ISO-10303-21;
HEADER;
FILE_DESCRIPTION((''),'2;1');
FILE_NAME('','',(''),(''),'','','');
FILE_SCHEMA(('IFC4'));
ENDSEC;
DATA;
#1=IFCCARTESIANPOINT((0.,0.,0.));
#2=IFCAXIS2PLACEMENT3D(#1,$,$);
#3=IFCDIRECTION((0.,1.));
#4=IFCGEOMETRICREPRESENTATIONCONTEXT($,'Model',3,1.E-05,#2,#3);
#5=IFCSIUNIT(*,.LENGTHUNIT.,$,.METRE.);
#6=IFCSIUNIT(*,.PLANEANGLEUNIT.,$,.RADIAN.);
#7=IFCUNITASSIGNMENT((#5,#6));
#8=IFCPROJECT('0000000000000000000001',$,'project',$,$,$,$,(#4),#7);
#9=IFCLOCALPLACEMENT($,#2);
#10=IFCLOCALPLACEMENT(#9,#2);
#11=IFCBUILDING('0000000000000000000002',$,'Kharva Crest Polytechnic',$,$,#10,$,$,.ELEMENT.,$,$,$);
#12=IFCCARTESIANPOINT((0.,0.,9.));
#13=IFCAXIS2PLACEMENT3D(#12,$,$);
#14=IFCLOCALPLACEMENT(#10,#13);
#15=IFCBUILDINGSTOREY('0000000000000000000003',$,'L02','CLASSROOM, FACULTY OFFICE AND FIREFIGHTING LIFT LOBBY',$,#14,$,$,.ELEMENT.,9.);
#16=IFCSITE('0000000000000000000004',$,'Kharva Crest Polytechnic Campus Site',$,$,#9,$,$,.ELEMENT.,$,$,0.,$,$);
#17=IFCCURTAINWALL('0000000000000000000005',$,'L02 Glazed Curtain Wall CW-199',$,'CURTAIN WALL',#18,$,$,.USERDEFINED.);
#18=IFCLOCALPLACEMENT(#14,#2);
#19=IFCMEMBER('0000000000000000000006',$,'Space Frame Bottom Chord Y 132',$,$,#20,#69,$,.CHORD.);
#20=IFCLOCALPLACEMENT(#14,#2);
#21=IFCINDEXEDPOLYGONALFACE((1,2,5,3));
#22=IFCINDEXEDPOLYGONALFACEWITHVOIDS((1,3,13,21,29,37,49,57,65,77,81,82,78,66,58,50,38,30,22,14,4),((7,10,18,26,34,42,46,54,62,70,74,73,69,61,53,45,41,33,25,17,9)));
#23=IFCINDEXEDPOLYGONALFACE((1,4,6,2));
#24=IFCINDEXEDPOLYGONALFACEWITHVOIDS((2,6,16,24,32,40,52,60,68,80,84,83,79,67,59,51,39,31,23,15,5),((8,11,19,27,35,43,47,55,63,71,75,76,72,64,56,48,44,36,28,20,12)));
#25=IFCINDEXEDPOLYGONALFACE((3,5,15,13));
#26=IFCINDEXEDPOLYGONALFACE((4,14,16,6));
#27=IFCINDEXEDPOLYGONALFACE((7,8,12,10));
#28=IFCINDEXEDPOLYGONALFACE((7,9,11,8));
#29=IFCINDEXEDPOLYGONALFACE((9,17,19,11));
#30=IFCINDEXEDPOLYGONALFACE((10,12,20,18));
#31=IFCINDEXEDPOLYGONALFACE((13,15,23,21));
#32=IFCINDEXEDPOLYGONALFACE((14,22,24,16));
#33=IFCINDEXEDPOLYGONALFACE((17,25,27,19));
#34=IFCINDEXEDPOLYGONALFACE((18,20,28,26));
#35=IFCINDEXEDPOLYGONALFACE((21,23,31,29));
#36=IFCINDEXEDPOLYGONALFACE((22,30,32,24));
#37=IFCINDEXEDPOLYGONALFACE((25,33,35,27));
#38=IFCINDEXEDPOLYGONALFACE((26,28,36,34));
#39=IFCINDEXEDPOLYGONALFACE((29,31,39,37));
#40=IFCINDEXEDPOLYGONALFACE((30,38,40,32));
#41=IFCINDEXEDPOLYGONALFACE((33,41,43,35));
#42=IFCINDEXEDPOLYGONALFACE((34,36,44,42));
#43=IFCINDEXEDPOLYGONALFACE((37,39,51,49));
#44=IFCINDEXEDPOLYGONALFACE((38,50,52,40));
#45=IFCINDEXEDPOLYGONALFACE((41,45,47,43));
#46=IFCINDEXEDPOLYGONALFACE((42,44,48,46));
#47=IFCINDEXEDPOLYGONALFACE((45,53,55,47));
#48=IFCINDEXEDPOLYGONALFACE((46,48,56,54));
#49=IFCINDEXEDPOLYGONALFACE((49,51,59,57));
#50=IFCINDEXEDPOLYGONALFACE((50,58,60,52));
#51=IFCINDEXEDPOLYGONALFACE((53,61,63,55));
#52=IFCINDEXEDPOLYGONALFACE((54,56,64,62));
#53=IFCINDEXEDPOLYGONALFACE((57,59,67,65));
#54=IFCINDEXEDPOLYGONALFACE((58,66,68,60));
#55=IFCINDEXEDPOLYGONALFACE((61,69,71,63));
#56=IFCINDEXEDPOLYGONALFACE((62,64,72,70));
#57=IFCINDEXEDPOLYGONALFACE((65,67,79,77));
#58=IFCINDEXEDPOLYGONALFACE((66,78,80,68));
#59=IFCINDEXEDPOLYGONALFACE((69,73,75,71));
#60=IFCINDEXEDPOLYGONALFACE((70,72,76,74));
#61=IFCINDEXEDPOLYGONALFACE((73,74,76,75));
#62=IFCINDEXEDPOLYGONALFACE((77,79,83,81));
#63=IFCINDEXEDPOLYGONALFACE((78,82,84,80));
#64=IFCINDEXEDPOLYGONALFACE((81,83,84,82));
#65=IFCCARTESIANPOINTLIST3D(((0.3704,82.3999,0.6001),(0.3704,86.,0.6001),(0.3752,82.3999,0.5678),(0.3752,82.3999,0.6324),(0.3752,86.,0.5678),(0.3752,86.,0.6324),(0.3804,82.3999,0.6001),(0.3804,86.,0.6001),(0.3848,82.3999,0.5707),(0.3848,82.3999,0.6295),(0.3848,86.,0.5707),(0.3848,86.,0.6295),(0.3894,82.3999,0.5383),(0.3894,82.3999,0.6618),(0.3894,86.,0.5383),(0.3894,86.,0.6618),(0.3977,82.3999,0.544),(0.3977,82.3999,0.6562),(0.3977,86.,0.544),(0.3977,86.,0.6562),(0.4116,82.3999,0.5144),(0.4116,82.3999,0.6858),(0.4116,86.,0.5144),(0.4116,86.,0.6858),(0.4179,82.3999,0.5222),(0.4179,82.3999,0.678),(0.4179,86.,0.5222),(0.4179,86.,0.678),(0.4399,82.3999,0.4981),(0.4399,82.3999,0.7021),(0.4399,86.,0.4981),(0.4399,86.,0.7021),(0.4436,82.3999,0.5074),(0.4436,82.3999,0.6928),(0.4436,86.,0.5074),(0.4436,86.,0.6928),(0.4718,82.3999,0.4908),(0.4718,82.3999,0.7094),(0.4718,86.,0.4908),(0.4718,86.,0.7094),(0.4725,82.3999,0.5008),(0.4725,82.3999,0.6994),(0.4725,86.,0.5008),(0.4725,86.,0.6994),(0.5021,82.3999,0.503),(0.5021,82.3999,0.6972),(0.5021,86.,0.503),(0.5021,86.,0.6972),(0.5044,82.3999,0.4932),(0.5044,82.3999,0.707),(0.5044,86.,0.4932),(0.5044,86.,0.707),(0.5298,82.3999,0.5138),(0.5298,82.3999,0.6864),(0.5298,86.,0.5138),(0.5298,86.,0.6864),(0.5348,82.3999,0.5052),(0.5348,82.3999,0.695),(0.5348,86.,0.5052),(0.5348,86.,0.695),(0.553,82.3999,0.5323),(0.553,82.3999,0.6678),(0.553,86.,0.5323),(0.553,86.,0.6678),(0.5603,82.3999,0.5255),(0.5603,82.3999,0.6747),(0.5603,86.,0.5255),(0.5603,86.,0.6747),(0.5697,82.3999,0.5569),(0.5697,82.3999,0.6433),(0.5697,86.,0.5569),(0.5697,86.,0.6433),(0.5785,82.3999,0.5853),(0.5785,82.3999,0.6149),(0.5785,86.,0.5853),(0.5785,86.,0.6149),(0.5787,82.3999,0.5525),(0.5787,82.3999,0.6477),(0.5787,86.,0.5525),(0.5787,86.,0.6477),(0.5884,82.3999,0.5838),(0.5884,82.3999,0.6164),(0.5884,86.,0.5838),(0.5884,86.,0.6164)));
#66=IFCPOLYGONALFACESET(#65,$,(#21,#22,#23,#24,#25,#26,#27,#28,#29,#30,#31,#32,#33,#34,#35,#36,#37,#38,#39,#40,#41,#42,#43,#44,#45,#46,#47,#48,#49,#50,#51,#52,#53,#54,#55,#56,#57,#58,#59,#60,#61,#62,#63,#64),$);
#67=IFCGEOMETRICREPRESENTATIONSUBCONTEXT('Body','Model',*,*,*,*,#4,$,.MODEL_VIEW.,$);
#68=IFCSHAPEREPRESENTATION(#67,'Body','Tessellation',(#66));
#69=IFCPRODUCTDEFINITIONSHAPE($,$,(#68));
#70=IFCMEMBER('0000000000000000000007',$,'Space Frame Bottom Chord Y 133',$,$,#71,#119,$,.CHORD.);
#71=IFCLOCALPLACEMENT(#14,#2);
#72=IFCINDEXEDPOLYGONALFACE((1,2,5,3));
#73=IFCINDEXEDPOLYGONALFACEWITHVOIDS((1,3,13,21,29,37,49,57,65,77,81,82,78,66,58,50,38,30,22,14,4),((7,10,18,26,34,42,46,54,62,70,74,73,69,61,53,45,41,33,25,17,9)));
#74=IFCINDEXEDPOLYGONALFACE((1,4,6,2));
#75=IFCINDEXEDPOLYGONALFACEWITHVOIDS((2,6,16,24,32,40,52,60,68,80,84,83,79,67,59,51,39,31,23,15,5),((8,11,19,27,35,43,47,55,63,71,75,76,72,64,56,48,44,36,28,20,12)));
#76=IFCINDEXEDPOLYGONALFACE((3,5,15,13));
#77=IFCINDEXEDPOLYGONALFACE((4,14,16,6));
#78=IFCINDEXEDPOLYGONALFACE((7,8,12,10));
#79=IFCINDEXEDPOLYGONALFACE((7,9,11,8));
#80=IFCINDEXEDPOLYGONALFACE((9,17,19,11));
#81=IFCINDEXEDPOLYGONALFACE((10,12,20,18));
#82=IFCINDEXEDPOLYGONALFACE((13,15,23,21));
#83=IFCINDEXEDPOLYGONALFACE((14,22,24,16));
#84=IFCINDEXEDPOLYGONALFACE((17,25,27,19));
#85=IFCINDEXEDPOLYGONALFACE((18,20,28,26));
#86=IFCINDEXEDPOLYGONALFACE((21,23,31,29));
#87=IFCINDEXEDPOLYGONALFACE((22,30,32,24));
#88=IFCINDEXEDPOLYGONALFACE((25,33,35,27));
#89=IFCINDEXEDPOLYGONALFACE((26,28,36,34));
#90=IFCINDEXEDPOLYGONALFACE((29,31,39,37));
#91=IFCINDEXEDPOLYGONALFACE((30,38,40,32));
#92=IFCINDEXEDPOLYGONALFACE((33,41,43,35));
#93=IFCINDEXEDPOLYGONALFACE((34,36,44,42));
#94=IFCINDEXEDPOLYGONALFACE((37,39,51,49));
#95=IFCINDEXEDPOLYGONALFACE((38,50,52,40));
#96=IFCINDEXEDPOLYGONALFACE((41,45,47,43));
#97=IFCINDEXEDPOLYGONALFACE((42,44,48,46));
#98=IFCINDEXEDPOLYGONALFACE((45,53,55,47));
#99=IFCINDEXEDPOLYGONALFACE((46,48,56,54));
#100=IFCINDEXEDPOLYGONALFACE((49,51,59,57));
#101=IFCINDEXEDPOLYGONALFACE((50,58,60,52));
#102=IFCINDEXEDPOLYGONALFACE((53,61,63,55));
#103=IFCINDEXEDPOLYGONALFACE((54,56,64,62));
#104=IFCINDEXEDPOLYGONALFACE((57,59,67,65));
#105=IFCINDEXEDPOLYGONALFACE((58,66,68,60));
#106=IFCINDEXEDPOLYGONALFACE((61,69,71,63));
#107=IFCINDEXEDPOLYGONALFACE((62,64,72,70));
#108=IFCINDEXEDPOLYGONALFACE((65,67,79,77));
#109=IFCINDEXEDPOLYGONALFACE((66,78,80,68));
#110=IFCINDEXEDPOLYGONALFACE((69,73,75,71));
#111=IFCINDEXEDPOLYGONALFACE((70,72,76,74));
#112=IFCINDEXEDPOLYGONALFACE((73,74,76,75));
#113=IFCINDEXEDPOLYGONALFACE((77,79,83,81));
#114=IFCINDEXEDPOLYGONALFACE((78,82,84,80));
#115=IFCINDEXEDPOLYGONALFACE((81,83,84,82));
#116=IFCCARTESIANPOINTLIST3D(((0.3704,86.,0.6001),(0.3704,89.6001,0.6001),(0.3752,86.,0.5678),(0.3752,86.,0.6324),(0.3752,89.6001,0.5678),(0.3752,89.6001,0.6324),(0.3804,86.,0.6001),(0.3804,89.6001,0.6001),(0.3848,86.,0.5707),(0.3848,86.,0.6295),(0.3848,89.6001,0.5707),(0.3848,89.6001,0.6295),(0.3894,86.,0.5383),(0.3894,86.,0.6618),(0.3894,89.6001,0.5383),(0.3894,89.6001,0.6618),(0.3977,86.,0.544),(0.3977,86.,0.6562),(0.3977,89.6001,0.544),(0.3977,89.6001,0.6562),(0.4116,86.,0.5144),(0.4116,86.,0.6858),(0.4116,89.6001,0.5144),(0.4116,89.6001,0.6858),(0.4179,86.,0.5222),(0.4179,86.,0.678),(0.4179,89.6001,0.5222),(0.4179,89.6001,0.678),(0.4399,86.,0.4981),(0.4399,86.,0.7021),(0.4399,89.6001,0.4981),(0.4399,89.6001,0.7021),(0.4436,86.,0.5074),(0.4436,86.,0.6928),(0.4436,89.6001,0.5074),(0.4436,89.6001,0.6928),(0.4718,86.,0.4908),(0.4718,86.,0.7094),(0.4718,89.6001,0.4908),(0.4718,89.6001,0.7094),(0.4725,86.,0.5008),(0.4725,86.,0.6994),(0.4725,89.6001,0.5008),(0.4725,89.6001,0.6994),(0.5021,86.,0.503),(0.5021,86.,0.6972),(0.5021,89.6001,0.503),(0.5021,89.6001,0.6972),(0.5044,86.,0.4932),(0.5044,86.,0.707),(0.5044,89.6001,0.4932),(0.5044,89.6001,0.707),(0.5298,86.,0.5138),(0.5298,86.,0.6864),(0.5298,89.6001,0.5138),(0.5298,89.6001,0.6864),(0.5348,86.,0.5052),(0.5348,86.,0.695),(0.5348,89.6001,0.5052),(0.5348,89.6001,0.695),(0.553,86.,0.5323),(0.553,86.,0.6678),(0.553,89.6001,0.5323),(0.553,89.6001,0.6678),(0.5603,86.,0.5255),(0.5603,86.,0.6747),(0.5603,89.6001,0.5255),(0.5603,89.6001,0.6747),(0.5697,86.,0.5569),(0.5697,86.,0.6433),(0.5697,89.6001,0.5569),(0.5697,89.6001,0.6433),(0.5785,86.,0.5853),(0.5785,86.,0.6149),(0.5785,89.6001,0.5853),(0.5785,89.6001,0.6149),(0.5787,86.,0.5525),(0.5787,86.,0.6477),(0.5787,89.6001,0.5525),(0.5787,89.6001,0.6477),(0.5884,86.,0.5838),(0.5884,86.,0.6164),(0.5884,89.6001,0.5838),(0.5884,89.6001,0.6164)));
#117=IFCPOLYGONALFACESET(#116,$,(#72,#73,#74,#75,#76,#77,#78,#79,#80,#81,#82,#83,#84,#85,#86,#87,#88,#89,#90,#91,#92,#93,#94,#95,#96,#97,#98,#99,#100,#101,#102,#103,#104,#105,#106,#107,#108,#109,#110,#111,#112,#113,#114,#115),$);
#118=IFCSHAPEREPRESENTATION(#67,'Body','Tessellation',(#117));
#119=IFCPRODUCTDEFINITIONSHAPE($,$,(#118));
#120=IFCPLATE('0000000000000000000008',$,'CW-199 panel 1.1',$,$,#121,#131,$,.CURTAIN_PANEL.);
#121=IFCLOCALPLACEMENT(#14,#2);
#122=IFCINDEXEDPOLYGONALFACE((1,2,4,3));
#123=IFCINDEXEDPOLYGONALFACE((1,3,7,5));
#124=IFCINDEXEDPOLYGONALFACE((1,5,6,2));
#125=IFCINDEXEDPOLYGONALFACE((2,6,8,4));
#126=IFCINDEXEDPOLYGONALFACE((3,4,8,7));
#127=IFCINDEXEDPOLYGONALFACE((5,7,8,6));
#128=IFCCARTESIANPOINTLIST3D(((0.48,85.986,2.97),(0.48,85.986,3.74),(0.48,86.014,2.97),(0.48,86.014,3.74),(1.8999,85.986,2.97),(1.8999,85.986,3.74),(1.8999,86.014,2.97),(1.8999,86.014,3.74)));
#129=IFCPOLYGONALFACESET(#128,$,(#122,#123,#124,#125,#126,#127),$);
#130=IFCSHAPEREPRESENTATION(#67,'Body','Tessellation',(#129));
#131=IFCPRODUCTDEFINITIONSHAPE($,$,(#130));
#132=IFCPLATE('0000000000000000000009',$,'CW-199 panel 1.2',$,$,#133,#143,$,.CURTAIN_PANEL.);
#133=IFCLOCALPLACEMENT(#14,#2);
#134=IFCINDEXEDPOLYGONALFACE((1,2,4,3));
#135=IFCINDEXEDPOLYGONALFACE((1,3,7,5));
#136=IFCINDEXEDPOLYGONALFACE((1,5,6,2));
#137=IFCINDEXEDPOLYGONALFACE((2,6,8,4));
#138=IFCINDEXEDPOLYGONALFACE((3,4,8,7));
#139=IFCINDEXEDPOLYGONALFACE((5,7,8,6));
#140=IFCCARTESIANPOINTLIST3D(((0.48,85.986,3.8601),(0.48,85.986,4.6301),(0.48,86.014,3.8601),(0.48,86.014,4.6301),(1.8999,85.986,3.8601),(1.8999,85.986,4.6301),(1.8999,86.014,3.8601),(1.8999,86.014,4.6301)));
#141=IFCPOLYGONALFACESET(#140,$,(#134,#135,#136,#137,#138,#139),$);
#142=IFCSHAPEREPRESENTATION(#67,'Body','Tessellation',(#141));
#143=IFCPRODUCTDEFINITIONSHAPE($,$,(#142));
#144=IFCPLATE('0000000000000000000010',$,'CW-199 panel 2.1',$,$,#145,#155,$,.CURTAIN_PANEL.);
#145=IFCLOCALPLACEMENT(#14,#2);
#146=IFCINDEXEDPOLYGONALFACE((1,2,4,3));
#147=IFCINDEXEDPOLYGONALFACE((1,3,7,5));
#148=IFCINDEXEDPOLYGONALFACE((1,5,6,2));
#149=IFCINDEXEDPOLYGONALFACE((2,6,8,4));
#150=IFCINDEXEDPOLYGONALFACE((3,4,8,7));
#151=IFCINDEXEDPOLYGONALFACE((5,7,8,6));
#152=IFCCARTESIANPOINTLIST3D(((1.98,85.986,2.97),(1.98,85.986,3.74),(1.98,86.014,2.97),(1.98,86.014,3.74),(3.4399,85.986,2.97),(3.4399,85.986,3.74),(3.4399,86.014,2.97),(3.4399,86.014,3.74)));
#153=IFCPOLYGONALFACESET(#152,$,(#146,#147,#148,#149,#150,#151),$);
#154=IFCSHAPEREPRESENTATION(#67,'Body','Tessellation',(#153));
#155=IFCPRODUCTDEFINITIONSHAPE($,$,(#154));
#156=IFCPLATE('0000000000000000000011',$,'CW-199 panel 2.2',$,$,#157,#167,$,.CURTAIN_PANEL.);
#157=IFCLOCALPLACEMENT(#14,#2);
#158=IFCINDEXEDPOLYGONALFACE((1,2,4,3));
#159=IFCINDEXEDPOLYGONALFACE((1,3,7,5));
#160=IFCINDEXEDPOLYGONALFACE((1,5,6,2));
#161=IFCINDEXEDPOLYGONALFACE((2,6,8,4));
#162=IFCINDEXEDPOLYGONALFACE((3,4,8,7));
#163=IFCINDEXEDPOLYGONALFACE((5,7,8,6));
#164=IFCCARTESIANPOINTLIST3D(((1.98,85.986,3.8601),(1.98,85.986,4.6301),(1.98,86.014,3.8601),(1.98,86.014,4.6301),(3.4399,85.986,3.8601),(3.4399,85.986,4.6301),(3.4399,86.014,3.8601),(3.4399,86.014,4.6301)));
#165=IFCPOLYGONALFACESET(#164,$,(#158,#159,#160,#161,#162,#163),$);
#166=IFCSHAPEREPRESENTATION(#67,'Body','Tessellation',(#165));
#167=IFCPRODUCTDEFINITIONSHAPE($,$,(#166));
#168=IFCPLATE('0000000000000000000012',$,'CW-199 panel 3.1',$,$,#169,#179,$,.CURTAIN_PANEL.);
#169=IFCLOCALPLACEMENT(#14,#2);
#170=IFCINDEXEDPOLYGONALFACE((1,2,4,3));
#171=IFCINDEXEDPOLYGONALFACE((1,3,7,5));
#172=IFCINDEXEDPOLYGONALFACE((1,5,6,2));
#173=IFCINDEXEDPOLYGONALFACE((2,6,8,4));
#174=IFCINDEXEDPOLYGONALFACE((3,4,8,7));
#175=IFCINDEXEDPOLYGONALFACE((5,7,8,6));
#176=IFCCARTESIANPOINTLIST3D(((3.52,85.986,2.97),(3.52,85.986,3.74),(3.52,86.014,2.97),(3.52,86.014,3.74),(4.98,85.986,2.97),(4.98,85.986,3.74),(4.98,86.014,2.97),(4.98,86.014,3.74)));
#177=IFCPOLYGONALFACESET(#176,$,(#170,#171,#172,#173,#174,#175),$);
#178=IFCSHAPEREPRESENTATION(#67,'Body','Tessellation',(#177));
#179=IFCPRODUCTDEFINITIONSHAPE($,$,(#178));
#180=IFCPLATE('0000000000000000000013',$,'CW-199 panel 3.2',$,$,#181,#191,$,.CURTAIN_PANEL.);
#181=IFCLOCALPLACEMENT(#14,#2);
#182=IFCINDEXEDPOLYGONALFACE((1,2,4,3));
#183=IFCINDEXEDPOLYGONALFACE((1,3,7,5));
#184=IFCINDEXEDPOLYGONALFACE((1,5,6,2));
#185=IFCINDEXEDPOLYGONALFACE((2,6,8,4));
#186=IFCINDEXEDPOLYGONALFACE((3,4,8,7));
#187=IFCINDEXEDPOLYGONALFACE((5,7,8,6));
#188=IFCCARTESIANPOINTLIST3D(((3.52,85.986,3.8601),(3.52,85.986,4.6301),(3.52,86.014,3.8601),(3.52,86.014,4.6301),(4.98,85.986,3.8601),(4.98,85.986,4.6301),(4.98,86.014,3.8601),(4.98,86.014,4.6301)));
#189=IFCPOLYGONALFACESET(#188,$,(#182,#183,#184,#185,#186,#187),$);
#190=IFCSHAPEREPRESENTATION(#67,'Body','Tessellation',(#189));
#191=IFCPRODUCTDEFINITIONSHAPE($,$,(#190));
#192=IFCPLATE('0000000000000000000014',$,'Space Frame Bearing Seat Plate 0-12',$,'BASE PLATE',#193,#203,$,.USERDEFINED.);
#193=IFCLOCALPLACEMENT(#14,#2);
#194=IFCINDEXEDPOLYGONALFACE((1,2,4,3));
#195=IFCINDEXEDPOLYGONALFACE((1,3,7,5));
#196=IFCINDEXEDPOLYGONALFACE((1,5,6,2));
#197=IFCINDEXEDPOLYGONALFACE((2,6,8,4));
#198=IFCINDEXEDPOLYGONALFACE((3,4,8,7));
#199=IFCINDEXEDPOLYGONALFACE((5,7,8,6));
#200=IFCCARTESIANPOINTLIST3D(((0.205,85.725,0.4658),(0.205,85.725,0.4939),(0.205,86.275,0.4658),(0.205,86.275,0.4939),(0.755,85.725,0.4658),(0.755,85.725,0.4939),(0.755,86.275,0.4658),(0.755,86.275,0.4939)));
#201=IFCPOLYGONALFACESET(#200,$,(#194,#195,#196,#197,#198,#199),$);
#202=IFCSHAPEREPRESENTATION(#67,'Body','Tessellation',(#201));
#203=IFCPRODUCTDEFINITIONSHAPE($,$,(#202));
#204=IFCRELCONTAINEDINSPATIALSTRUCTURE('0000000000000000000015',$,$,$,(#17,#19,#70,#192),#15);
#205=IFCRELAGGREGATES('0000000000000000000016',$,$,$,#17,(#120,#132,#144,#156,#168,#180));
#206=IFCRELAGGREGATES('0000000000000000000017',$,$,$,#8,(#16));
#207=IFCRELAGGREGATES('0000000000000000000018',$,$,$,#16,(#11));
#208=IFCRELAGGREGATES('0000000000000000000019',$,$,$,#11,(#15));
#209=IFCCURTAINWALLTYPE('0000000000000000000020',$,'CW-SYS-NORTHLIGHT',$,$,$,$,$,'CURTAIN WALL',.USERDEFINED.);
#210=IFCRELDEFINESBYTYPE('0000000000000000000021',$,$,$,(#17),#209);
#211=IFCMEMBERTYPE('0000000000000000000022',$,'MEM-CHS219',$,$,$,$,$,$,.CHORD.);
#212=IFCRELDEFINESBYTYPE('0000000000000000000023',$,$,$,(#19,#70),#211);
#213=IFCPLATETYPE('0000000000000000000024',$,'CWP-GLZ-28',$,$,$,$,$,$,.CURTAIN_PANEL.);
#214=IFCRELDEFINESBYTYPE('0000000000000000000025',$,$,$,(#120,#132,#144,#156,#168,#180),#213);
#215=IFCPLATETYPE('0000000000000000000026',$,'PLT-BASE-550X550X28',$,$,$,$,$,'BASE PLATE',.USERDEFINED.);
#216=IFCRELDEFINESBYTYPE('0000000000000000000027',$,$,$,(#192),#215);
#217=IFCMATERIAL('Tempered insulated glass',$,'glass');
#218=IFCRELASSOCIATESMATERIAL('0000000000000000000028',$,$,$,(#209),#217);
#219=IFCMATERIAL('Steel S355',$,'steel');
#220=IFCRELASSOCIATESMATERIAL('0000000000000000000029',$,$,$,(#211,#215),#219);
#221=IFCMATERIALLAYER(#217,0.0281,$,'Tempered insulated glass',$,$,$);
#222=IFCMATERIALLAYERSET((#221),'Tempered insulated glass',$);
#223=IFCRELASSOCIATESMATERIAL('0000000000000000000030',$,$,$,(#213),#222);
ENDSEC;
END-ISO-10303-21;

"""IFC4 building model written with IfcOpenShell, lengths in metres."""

from ifc_helpers import new_model, si_unit, direction, frame, origin, origin_2d, place, context, subcontext, project, spatial, rectangle, hollow_circle, extrude, material, layer, layer_set, material_profile, profile_set, type_object, element, aggregate, save


model = new_model("IFC4")

# Units and contexts
model_context = context("Model", 3, precision=1e-05, world=origin(), true_north=direction((0.0, 1.0)))
body_context = subcontext(model_context, "Body", "Model", "MODEL_VIEW")
ifc_project = project(units=[si_unit("LENGTHUNIT", "METRE"), si_unit("PLANEANGLEUNIT", "RADIAN")], contexts=[model_context])

# Site, building, storey
site_placement = place(None, origin())
site = spatial("IfcSite", under=ifc_project, at=site_placement, Name="Kharva Crest Polytechnic Campus Site", CompositionType="ELEMENT", RefElevation=0.0)
building_placement = place(site_placement, origin())
building = spatial("IfcBuilding", under=site, at=building_placement, Name="Kharva Crest Polytechnic", CompositionType="ELEMENT")
storey_placement = place(building_placement, frame((0.0, 0.0, 9.0)))
storey = spatial("IfcBuildingStorey", under=building, at=storey_placement, Name="L02", Description="CLASSROOM, FACULTY OFFICE AND FIREFIGHTING LIFT LOBBY", CompositionType="ELEMENT", Elevation=9.0)

# Curtain wall
ifc_material_1 = material(Name="Tempered insulated glass", Category="glass")
curtain_wall_type = type_object("IfcCurtainWallType", Name="CW-SYS-NORTHLIGHT", ElementType="CURTAIN WALL", PredefinedType="USERDEFINED", material=ifc_material_1)
curtain_wall_placement = place(storey_placement, origin())
curtain_wall = element("IfcCurtainWall", 1, at=curtain_wall_placement, inside=storey, type_object=curtain_wall_type, Name="L02 Glazed Curtain Wall CW-199", ObjectType="CURTAIN WALL", PredefinedType="USERDEFINED")
ifc_material_2 = material(Name="Steel S355", Category="steel")

# Members
ifc_material_profile_1 = material_profile(ifc_material_2, hollow_circle(Radius=0.1096, WallThickness=0.01, at=origin_2d()), Name="CHS 219.1X10.0")
ifc_profile_set_1 = profile_set([ifc_material_profile_1], Name="Steel S355")
member_type_1 = type_object("IfcMemberType", Name="MEM-CHS219", PredefinedType="CHORD", material=ifc_profile_set_1)
for number, where, z_axis, x_axis, name in (
    (2, (0.48, 82.3999, 0.6001), (0.0, 1.0, 0.0), (-1.0, 0.0, 0.0), "Space Frame Bottom Chord Y 132"),
    (3, (0.48, 86.0, 0.6001), (0.0, 1.0, 0.0), (-1.0, 0.0, 0.0), "Space Frame Bottom Chord Y 133"),
):
    element("IfcMember", number, at=place(storey_placement, frame(where, z_axis=z_axis, x_axis=x_axis)), inside=storey, type_object=member_type_1, Name=name, PredefinedType="CHORD", context=body_context, shape_type="SweptSolid", body=[
        extrude(hollow_circle(Radius=0.1096, WallThickness=0.01, at=origin_2d()), origin(), (0.0, 0.0, 1.0), 3.6001),
    ])

# Plates
ifc_layer = layer(ifc_material_1, 0.0281, Name="Tempered insulated glass")
ifc_layer_set = layer_set([ifc_layer], Name="Tempered insulated glass")
plate_type_1 = type_object("IfcPlateType", Name="CWP-GLZ-28", PredefinedType="CURTAIN_PANEL", material=ifc_layer_set)
plate_1_placement = place(storey_placement, frame((1.1899, 86.0, 2.97), z_axis=(0.0, 0.0, 1.0), x_axis=(1.0, 0.0, 0.0)))
plate_1 = element("IfcPlate", 4, at=plate_1_placement, type_object=plate_type_1, Name="CW-199 panel 1.1", PredefinedType="CURTAIN_PANEL", context=body_context, shape_type="SweptSolid", body=[
    extrude(rectangle(XDim=1.4199, YDim=0.0281, at=origin_2d()), origin(), (0.0, 0.0, 1.0), 0.77),
])
plate_2_placement = place(storey_placement, frame((1.1899, 86.0, 3.8601), z_axis=(0.0, 0.0, 1.0), x_axis=(1.0, 0.0, 0.0)))
plate_2 = element("IfcPlate", 5, at=plate_2_placement, type_object=plate_type_1, Name="CW-199 panel 1.2", PredefinedType="CURTAIN_PANEL", context=body_context, shape_type="SweptSolid", body=[
    extrude(rectangle(XDim=1.4199, YDim=0.0281, at=origin_2d()), origin(), (0.0, 0.0, 1.0), 0.77),
])
plate_3_placement = place(storey_placement, frame((2.71, 86.0, 2.97), z_axis=(0.0, 0.0, 1.0), x_axis=(1.0, 0.0, 0.0)))
plate_3 = element("IfcPlate", 6, at=plate_3_placement, type_object=plate_type_1, Name="CW-199 panel 2.1", PredefinedType="CURTAIN_PANEL", context=body_context, shape_type="SweptSolid", body=[
    extrude(rectangle(XDim=1.46, YDim=0.0281, at=origin_2d()), origin(), (0.0, 0.0, 1.0), 0.77),
])
plate_4_placement = place(storey_placement, frame((2.71, 86.0, 3.8601), z_axis=(0.0, 0.0, 1.0), x_axis=(1.0, 0.0, 0.0)))
plate_4 = element("IfcPlate", 7, at=plate_4_placement, type_object=plate_type_1, Name="CW-199 panel 2.2", PredefinedType="CURTAIN_PANEL", context=body_context, shape_type="SweptSolid", body=[
    extrude(rectangle(XDim=1.46, YDim=0.0281, at=origin_2d()), origin(), (0.0, 0.0, 1.0), 0.77),
])
plate_5_placement = place(storey_placement, frame((4.25, 86.0, 2.97), z_axis=(0.0, 0.0, 1.0), x_axis=(1.0, 0.0, 0.0)))
plate_5 = element("IfcPlate", 8, at=plate_5_placement, type_object=plate_type_1, Name="CW-199 panel 3.1", PredefinedType="CURTAIN_PANEL", context=body_context, shape_type="SweptSolid", body=[
    extrude(rectangle(XDim=1.46, YDim=0.0281, at=origin_2d()), origin(), (0.0, 0.0, 1.0), 0.77),
])
plate_6_placement = place(storey_placement, frame((4.25, 86.0, 3.8601), z_axis=(0.0, 0.0, 1.0), x_axis=(1.0, 0.0, 0.0)))
plate_6 = element("IfcPlate", 9, at=plate_6_placement, type_object=plate_type_1, Name="CW-199 panel 3.2", PredefinedType="CURTAIN_PANEL", context=body_context, shape_type="SweptSolid", body=[
    extrude(rectangle(XDim=1.46, YDim=0.0281, at=origin_2d()), origin(), (0.0, 0.0, 1.0), 0.77),
])
aggregate(curtain_wall, [plate_1, plate_2, plate_3, plate_4, plate_5, plate_6])

# Plate
plate_type_2 = type_object("IfcPlateType", Name="PLT-BASE-550X550X28", ElementType="BASE PLATE", PredefinedType="USERDEFINED", material=ifc_material_2)
plate_7_placement = place(storey_placement, frame((0.48, 86.0, 0.4658), z_axis=(0.0, 0.0, 1.0), x_axis=(1.0, 0.0, 0.0)))
element("IfcPlate", 10, at=plate_7_placement, inside=storey, type_object=plate_type_2, Name="Space Frame Bearing Seat Plate 0-12", ObjectType="BASE PLATE", PredefinedType="USERDEFINED", context=body_context, shape_type="SweptSolid", body=[
    extrude(rectangle(XDim=0.55, YDim=0.55, at=origin_2d()), origin(), (0.0, 0.0, 1.0), 0.0281),
])

save(model, "model.ifc")
